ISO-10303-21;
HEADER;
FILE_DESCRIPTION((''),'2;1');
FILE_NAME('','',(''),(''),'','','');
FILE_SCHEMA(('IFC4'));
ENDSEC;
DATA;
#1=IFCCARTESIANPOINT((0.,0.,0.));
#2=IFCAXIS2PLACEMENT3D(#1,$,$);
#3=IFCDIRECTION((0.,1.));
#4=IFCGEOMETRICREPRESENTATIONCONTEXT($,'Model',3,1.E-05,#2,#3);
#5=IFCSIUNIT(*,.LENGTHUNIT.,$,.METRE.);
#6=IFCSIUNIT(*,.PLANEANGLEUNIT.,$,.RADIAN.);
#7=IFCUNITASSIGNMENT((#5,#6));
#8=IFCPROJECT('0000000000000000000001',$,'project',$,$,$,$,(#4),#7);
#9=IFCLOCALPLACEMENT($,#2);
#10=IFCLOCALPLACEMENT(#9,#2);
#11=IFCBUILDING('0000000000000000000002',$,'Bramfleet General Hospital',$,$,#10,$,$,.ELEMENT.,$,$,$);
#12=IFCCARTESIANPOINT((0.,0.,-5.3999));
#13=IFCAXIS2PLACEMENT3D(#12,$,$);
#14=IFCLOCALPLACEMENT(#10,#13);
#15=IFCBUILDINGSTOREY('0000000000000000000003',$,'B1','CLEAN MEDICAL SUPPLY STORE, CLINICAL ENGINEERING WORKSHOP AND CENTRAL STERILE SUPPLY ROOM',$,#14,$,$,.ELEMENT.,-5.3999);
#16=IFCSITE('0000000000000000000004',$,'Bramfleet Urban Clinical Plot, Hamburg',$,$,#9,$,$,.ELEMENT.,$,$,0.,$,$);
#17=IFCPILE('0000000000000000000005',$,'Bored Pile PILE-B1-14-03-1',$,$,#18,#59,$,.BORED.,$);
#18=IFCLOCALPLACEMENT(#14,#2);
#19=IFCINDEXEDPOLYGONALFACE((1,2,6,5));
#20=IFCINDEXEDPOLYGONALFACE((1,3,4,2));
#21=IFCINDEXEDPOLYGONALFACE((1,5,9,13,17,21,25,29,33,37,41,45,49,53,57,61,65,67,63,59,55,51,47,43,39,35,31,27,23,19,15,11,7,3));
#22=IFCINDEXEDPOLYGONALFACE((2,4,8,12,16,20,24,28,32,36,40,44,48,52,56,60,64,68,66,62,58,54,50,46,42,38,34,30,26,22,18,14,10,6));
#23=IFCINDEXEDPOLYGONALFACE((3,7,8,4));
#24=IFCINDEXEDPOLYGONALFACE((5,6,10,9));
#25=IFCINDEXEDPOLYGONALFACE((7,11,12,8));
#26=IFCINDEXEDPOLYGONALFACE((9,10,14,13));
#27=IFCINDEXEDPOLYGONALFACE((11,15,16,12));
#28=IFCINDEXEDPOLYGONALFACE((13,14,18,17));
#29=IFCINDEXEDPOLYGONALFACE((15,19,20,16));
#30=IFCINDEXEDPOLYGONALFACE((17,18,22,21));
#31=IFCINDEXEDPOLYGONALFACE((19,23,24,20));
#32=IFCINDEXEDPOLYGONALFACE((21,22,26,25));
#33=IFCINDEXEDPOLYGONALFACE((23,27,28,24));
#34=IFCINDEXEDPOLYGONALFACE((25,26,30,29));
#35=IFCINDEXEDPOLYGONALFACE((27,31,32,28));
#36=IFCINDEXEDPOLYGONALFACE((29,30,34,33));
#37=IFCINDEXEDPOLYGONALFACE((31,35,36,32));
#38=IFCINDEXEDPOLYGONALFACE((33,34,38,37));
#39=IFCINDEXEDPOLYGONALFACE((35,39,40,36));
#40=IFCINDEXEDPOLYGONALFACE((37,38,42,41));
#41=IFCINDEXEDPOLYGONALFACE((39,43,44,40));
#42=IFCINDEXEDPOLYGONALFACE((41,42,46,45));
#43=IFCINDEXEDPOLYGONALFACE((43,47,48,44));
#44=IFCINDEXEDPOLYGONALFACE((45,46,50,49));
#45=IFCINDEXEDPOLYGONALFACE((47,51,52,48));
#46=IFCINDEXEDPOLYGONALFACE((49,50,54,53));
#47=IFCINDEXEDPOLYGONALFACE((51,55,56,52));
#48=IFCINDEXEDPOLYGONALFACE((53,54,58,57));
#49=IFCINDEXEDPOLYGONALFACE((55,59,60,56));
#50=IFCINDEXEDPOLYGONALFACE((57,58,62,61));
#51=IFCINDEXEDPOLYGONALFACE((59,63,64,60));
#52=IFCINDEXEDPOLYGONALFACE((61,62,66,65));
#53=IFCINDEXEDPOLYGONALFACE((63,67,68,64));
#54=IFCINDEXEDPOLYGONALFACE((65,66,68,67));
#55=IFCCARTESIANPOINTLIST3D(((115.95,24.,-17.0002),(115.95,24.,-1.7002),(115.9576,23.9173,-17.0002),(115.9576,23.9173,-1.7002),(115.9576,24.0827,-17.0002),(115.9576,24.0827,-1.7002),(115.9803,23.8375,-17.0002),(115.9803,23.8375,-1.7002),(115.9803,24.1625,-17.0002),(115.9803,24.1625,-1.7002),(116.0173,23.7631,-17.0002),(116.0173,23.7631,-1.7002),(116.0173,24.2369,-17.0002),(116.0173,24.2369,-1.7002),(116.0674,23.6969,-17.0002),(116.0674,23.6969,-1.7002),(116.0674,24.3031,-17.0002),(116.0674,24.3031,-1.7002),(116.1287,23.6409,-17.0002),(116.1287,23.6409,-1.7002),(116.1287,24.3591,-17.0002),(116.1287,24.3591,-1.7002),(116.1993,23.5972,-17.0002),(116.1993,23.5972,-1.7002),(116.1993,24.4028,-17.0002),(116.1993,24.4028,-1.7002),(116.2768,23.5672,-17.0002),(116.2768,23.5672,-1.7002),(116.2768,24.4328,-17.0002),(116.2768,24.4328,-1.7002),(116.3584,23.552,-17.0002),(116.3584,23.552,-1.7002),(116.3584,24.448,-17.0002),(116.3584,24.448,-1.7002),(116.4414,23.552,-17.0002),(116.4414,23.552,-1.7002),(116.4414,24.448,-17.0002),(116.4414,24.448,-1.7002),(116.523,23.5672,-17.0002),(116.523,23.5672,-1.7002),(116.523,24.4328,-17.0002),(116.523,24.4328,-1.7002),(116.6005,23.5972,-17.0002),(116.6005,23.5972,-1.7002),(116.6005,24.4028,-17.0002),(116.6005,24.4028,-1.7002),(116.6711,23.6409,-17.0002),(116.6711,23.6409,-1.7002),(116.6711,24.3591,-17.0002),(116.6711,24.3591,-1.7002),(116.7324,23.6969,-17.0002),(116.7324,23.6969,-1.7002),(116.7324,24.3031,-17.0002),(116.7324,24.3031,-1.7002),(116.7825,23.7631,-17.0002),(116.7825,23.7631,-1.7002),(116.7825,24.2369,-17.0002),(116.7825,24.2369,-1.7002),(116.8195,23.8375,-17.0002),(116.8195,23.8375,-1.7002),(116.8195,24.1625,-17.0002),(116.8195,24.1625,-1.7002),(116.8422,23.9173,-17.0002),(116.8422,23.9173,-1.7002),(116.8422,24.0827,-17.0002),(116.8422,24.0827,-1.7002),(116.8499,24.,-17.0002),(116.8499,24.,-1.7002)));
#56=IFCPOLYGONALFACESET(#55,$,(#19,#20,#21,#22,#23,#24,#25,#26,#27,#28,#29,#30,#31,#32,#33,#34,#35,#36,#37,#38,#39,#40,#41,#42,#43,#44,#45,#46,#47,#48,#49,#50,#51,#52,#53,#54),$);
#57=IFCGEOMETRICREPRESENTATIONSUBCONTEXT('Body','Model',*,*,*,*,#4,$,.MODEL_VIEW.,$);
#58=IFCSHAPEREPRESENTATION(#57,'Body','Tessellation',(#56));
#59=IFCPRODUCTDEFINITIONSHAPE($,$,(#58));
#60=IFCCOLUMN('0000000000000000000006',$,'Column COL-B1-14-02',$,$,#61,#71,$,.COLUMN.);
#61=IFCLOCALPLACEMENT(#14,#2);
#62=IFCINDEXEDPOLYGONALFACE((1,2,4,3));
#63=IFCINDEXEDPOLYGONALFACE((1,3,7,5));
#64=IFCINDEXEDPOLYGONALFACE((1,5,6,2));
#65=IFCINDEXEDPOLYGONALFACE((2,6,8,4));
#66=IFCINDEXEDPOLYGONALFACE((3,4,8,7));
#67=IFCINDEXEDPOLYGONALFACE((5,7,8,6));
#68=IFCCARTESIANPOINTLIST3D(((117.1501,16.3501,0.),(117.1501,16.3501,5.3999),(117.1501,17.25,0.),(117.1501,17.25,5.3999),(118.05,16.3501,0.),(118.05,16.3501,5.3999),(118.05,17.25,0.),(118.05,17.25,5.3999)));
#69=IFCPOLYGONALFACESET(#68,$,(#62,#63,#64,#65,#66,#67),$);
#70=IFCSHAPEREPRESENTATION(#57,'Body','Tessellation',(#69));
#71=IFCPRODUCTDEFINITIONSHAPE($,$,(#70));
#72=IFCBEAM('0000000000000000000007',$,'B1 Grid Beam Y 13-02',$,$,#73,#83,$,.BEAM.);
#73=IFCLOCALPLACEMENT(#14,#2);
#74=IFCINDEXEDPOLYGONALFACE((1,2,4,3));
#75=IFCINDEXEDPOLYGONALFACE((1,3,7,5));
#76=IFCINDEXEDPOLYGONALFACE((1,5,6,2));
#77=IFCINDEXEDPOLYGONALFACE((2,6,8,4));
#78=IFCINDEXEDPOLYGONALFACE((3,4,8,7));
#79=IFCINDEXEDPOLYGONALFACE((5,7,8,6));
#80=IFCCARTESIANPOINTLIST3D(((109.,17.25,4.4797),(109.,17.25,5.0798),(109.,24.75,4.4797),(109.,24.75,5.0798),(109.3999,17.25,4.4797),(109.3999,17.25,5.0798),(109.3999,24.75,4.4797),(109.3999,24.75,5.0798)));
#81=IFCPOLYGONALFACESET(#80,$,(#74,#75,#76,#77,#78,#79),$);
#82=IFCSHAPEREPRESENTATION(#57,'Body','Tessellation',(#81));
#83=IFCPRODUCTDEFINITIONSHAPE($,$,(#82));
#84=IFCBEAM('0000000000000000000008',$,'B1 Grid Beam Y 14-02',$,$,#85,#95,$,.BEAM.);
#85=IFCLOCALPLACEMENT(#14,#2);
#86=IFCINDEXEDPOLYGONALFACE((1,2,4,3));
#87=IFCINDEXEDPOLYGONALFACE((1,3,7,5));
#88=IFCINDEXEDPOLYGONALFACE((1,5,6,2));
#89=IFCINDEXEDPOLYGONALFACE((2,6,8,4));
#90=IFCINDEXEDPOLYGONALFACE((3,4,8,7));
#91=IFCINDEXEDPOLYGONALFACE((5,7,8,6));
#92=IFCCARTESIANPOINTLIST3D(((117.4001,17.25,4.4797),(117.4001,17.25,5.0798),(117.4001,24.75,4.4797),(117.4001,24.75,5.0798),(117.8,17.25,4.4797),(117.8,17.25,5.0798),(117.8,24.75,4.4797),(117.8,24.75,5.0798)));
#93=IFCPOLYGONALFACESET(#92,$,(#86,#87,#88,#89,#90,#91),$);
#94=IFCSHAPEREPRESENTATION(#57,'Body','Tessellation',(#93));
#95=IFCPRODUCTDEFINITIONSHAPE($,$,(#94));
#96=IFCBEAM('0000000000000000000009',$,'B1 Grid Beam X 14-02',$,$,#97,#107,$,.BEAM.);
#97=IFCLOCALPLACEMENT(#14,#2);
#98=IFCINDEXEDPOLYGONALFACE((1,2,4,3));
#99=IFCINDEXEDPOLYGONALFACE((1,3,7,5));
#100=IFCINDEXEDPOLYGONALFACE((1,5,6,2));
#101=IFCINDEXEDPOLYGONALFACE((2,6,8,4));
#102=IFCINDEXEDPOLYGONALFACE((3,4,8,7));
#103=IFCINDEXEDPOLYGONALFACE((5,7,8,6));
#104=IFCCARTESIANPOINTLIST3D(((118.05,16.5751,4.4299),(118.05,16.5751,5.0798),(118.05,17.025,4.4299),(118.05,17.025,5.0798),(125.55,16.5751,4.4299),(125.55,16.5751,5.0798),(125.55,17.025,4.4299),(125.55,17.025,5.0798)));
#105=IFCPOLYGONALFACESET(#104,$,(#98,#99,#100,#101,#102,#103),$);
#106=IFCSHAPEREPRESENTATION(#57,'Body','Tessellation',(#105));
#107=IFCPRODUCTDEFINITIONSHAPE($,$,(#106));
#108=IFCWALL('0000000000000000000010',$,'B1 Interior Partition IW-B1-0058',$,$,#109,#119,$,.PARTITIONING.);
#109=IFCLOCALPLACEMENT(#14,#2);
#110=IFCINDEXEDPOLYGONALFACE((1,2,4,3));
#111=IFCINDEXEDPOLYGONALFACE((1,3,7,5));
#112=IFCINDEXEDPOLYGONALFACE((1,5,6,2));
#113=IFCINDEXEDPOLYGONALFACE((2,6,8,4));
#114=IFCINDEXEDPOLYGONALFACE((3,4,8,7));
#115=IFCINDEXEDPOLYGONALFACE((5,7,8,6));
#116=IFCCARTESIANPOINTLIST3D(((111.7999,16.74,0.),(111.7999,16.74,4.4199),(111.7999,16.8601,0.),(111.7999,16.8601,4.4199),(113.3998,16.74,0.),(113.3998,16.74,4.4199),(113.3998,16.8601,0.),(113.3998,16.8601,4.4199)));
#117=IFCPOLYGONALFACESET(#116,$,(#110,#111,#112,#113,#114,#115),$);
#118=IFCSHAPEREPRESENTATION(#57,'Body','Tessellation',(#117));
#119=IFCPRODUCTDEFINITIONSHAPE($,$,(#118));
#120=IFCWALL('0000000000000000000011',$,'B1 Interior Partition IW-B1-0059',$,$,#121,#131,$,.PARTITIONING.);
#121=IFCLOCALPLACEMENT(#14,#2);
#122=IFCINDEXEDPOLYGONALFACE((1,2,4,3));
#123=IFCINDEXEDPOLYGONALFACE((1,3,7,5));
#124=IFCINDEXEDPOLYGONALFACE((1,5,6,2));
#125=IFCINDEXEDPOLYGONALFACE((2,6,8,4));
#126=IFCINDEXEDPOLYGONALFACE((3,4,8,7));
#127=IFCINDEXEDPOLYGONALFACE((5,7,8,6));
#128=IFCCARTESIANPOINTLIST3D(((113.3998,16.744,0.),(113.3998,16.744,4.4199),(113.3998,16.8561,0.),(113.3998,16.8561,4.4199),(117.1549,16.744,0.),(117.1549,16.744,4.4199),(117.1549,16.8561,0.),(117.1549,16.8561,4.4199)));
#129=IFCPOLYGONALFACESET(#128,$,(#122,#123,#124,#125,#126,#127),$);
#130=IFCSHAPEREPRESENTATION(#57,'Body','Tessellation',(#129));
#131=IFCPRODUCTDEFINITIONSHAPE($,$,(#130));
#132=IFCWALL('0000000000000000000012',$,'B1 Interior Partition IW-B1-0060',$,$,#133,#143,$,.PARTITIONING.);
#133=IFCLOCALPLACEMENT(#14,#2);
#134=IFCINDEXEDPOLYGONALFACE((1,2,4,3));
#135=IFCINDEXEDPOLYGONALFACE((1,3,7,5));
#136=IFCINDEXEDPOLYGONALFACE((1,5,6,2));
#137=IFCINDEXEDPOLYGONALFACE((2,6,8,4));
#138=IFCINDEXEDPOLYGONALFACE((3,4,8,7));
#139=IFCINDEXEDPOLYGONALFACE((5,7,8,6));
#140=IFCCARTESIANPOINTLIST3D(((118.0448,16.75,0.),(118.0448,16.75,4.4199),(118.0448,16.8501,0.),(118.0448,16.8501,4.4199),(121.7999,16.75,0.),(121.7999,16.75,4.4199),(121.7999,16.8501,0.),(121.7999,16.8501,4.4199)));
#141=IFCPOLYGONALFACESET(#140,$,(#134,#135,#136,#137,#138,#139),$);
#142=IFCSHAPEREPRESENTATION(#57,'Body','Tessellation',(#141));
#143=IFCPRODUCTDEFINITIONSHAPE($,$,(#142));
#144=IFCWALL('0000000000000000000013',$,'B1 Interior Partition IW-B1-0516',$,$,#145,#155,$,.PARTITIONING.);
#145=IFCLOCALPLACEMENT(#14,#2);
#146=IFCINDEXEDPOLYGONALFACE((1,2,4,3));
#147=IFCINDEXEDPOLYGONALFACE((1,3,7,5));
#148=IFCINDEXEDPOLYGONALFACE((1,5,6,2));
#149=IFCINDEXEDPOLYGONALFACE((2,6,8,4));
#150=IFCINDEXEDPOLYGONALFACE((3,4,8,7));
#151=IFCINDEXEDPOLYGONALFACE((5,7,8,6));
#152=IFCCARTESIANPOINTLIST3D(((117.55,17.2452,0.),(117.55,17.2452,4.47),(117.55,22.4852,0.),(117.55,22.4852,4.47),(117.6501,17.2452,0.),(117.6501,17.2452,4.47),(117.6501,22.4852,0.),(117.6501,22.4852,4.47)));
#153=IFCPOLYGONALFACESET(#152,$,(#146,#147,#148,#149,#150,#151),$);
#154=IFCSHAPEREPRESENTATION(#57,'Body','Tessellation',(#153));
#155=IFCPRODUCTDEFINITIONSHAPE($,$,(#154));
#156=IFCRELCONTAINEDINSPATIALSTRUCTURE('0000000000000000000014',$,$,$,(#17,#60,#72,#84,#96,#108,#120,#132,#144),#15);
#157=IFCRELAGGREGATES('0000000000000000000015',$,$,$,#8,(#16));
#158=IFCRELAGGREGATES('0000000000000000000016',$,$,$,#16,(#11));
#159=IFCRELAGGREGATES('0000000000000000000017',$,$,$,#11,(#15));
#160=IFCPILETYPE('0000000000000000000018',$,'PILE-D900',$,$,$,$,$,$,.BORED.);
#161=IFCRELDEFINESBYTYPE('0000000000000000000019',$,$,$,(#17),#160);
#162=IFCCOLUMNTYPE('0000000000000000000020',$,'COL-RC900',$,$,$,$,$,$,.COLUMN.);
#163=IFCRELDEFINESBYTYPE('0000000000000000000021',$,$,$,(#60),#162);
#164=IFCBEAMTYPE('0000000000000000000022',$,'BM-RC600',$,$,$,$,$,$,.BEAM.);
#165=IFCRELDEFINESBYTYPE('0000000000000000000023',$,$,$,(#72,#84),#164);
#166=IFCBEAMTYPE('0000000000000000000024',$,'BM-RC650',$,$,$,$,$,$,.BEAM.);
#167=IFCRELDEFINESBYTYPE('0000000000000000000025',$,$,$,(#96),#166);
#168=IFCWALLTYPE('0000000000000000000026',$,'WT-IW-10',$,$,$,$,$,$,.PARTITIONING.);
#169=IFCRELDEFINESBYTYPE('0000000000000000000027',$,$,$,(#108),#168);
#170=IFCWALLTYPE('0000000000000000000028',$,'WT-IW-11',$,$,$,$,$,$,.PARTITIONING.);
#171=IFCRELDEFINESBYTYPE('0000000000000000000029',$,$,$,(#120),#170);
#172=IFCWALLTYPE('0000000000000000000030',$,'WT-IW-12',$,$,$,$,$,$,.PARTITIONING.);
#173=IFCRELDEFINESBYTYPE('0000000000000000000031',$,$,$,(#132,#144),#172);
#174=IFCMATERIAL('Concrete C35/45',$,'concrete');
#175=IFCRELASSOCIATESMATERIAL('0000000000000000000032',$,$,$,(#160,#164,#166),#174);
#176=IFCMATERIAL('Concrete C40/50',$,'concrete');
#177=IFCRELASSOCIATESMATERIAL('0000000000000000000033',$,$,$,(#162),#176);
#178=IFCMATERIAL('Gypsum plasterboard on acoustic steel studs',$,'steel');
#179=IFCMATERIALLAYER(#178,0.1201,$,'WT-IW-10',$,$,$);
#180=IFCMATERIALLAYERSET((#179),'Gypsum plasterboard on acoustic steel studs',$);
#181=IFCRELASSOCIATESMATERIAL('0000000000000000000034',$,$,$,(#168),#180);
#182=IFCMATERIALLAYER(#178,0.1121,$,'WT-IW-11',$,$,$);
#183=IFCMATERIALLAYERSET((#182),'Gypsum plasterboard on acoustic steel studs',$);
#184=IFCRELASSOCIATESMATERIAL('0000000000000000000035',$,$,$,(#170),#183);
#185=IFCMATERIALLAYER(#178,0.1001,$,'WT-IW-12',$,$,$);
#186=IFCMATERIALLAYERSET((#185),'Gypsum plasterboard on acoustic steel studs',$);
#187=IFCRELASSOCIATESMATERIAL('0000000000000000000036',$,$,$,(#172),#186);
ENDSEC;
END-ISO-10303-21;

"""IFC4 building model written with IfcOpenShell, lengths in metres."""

from ifc_helpers import new_model, si_unit, direction, frame, frame_2d, origin, origin_2d, place, context, subcontext, project, spatial, rectangle, circle, extrude, material, layer, layer_set, material_profile, profile_set, type_object, element, save


model = new_model("IFC4")

# Units and contexts
model_context = context("Model", 3, precision=1e-05, world=origin(), true_north=direction((0.0, 1.0)))
body_context = subcontext(model_context, "Body", "Model", "MODEL_VIEW")
ifc_project = project(units=[si_unit("LENGTHUNIT", "METRE"), si_unit("PLANEANGLEUNIT", "RADIAN")], contexts=[model_context])

# Site, building, storey
site_placement = place(None, origin())
site = spatial("IfcSite", under=ifc_project, at=site_placement, Name="Bramfleet Urban Clinical Plot, Hamburg", CompositionType="ELEMENT", RefElevation=0.0)
building_placement = place(site_placement, origin())
building = spatial("IfcBuilding", under=site, at=building_placement, Name="Bramfleet General Hospital", CompositionType="ELEMENT")
storey_placement = place(building_placement, frame((0.0, 0.0, -5.3999)))
storey = spatial("IfcBuildingStorey", under=building, at=storey_placement, Name="B1", Description="CLEAN MEDICAL SUPPLY STORE, CLINICAL ENGINEERING WORKSHOP AND CENTRAL STERILE SUPPLY ROOM", CompositionType="ELEMENT", Elevation=-5.3999)

# Shared definitions
ifc_material_1 = material(Name="Concrete C35/45", Category="concrete")

# Pile
ifc_material_profile_1 = material_profile(ifc_material_1, circle(Radius=0.45, at=origin_2d()), Name="PILE BORED D900")
ifc_profile_set_1 = profile_set([ifc_material_profile_1], Name="Concrete C35/45")
pile_type_1 = type_object("IfcPileType", Name="PILE-D900", PredefinedType="BORED", material=ifc_profile_set_1)
for number, where, z_axis, x_axis, name in (
    (1, (116.3999, 24.0, -1.7002), (0.0, 0.0, -1.0), (1.0, 0.0, 0.0), "Bored Pile PILE-B1-14-03-1"),
):
    element("IfcPile", number, at=place(storey_placement, frame(where, z_axis=z_axis, x_axis=x_axis)), inside=storey, type_object=pile_type_1, Name=name, PredefinedType="BORED", context=body_context, shape_type="SweptSolid", body=[
        extrude(circle(Radius=0.45, at=origin_2d()), origin(), (0.0, 0.0, 1.0), 15.3),
    ])

# Column
ifc_material_2 = material(Name="Concrete C40/50", Category="concrete")
ifc_material_profile_2 = material_profile(ifc_material_2, rectangle(XDim=0.8999, YDim=0.8999, at=origin_2d()), Name="RC COL 900x900")
ifc_profile_set_2 = profile_set([ifc_material_profile_2], Name="Concrete C40/50")
column_type = type_object("IfcColumnType", Name="COL-RC900", PredefinedType="COLUMN", material=ifc_profile_set_2)
column_placement = place(storey_placement, frame((117.6001, 16.8, 0.0), z_axis=(0.0, 0.0, 1.0), x_axis=(1.0, 0.0, 0.0)))
element("IfcColumn", 2, at=column_placement, inside=storey, type_object=column_type, Name="Column COL-B1-14-02", PredefinedType="COLUMN", context=body_context, shape_type="SweptSolid", body=[
    extrude(rectangle(XDim=0.8999, YDim=0.8999, at=origin_2d()), origin(), (0.0, 0.0, 1.0), 5.3999),
])

# Beams
ifc_material_profile_3 = material_profile(ifc_material_1, rectangle(XDim=0.3999, YDim=0.6001, at=origin_2d()), Name="RC BM 600x400")
ifc_profile_set_3 = profile_set([ifc_material_profile_3], Name="Concrete C35/45")
beam_type_1 = type_object("IfcBeamType", Name="BM-RC600", PredefinedType="BEAM", material=ifc_profile_set_3)
for number, where, z_axis, x_axis, name in (
    (3, (109.2, 17.25, 4.7798), (0.0, 1.0, 0.0), (-1.0, 0.0, 0.0), "B1 Grid Beam Y 13-02"),
    (4, (117.6001, 17.25, 4.7798), (0.0, 1.0, 0.0), (-1.0, 0.0, 0.0), "B1 Grid Beam Y 14-02"),
):
    element("IfcBeam", number, at=place(storey_placement, frame(where, z_axis=z_axis, x_axis=x_axis)), inside=storey, type_object=beam_type_1, Name=name, PredefinedType="BEAM", context=body_context, shape_type="SweptSolid", body=[
        extrude(rectangle(XDim=0.3999, YDim=0.6001, at=origin_2d()), origin(), (0.0, 0.0, 1.0), 7.5),
    ])
ifc_material_profile_4 = material_profile(ifc_material_1, rectangle(XDim=0.45, YDim=0.6499, at=origin_2d()), Name="RC BM 650x450")
ifc_profile_set_4 = profile_set([ifc_material_profile_4], Name="Concrete C35/45")
beam_type_2 = type_object("IfcBeamType", Name="BM-RC650", PredefinedType="BEAM", material=ifc_profile_set_4)
beam_placement = place(storey_placement, frame((118.05, 16.8, 4.7549), z_axis=(1.0, 0.0, 0.0), x_axis=(0.0, 1.0, 0.0)))
element("IfcBeam", 5, at=beam_placement, inside=storey, type_object=beam_type_2, Name="B1 Grid Beam X 14-02", PredefinedType="BEAM", context=body_context, shape_type="SweptSolid", body=[
    extrude(rectangle(XDim=0.45, YDim=0.6499, at=origin_2d()), origin(), (0.0, 0.0, 1.0), 7.5),
])

# Walls
ifc_material_3 = material(Name="Gypsum plasterboard on acoustic steel studs", Category="steel")
ifc_layer_1 = layer(ifc_material_3, 0.1201, Name="WT-IW-10")
ifc_layer_set_1 = layer_set([ifc_layer_1], Name="Gypsum plasterboard on acoustic steel studs")
wall_type_1 = type_object("IfcWallType", Name="WT-IW-10", PredefinedType="PARTITIONING", material=ifc_layer_set_1)
wall_1_placement = place(storey_placement, frame((111.8, 16.8, 0.0), z_axis=(0.0, 0.0, 1.0), x_axis=(1.0, 0.0, 0.0)))
element("IfcWall", 6, at=wall_1_placement, inside=storey, type_object=wall_type_1, Name="B1 Interior Partition IW-B1-0058", PredefinedType="PARTITIONING", context=body_context, shape_type="SweptSolid", body=[
    extrude(rectangle(XDim=1.5999, YDim=0.1201, at=frame_2d((0.7998, 0.0))), origin(), (0.0, 0.0, 1.0), 4.4199),
])
ifc_layer_2 = layer(ifc_material_3, 0.1121, Name="WT-IW-11")
ifc_layer_set_2 = layer_set([ifc_layer_2], Name="Gypsum plasterboard on acoustic steel studs")
wall_type_2 = type_object("IfcWallType", Name="WT-IW-11", PredefinedType="PARTITIONING", material=ifc_layer_set_2)
wall_2_placement = place(storey_placement, frame((113.3999, 16.8, 0.0), z_axis=(0.0, 0.0, 1.0), x_axis=(1.0, 0.0, 0.0)))
element("IfcWall", 7, at=wall_2_placement, inside=storey, type_object=wall_type_2, Name="B1 Interior Partition IW-B1-0059", PredefinedType="PARTITIONING", context=body_context, shape_type="SweptSolid", body=[
    extrude(rectangle(XDim=3.7551, YDim=0.1121, at=frame_2d((1.8774, 0.0))), origin(), (0.0, 0.0, 1.0), 4.4199),
])
ifc_layer_3 = layer(ifc_material_3, 0.1001, Name="WT-IW-12")
ifc_layer_set_3 = layer_set([ifc_layer_3], Name="Gypsum plasterboard on acoustic steel studs")
wall_type_3 = type_object("IfcWallType", Name="WT-IW-12", PredefinedType="PARTITIONING", material=ifc_layer_set_3)
wall_3_placement = place(storey_placement, frame((118.0449, 16.8, 0.0), z_axis=(0.0, 0.0, 1.0), x_axis=(1.0, 0.0, 0.0)))
element("IfcWall", 8, at=wall_3_placement, inside=storey, type_object=wall_type_3, Name="B1 Interior Partition IW-B1-0060", PredefinedType="PARTITIONING", context=body_context, shape_type="SweptSolid", body=[
    extrude(rectangle(XDim=3.7551, YDim=0.1001, at=frame_2d((1.8774, 0.0))), origin(), (0.0, 0.0, 1.0), 4.4199),
])
wall_4_placement = place(storey_placement, frame((117.6001, 17.2451, 0.0), z_axis=(0.0, 0.0, 1.0), x_axis=(0.0, 1.0, 0.0)))
element("IfcWall", 9, at=wall_4_placement, inside=storey, type_object=wall_type_3, Name="B1 Interior Partition IW-B1-0516", PredefinedType="PARTITIONING", context=body_context, shape_type="SweptSolid", body=[
    extrude(rectangle(XDim=5.24, YDim=0.1001, at=frame_2d((2.6201, 0.0))), origin(), (0.0, 0.0, 1.0), 4.47),
])

save(model, "model.ifc")
